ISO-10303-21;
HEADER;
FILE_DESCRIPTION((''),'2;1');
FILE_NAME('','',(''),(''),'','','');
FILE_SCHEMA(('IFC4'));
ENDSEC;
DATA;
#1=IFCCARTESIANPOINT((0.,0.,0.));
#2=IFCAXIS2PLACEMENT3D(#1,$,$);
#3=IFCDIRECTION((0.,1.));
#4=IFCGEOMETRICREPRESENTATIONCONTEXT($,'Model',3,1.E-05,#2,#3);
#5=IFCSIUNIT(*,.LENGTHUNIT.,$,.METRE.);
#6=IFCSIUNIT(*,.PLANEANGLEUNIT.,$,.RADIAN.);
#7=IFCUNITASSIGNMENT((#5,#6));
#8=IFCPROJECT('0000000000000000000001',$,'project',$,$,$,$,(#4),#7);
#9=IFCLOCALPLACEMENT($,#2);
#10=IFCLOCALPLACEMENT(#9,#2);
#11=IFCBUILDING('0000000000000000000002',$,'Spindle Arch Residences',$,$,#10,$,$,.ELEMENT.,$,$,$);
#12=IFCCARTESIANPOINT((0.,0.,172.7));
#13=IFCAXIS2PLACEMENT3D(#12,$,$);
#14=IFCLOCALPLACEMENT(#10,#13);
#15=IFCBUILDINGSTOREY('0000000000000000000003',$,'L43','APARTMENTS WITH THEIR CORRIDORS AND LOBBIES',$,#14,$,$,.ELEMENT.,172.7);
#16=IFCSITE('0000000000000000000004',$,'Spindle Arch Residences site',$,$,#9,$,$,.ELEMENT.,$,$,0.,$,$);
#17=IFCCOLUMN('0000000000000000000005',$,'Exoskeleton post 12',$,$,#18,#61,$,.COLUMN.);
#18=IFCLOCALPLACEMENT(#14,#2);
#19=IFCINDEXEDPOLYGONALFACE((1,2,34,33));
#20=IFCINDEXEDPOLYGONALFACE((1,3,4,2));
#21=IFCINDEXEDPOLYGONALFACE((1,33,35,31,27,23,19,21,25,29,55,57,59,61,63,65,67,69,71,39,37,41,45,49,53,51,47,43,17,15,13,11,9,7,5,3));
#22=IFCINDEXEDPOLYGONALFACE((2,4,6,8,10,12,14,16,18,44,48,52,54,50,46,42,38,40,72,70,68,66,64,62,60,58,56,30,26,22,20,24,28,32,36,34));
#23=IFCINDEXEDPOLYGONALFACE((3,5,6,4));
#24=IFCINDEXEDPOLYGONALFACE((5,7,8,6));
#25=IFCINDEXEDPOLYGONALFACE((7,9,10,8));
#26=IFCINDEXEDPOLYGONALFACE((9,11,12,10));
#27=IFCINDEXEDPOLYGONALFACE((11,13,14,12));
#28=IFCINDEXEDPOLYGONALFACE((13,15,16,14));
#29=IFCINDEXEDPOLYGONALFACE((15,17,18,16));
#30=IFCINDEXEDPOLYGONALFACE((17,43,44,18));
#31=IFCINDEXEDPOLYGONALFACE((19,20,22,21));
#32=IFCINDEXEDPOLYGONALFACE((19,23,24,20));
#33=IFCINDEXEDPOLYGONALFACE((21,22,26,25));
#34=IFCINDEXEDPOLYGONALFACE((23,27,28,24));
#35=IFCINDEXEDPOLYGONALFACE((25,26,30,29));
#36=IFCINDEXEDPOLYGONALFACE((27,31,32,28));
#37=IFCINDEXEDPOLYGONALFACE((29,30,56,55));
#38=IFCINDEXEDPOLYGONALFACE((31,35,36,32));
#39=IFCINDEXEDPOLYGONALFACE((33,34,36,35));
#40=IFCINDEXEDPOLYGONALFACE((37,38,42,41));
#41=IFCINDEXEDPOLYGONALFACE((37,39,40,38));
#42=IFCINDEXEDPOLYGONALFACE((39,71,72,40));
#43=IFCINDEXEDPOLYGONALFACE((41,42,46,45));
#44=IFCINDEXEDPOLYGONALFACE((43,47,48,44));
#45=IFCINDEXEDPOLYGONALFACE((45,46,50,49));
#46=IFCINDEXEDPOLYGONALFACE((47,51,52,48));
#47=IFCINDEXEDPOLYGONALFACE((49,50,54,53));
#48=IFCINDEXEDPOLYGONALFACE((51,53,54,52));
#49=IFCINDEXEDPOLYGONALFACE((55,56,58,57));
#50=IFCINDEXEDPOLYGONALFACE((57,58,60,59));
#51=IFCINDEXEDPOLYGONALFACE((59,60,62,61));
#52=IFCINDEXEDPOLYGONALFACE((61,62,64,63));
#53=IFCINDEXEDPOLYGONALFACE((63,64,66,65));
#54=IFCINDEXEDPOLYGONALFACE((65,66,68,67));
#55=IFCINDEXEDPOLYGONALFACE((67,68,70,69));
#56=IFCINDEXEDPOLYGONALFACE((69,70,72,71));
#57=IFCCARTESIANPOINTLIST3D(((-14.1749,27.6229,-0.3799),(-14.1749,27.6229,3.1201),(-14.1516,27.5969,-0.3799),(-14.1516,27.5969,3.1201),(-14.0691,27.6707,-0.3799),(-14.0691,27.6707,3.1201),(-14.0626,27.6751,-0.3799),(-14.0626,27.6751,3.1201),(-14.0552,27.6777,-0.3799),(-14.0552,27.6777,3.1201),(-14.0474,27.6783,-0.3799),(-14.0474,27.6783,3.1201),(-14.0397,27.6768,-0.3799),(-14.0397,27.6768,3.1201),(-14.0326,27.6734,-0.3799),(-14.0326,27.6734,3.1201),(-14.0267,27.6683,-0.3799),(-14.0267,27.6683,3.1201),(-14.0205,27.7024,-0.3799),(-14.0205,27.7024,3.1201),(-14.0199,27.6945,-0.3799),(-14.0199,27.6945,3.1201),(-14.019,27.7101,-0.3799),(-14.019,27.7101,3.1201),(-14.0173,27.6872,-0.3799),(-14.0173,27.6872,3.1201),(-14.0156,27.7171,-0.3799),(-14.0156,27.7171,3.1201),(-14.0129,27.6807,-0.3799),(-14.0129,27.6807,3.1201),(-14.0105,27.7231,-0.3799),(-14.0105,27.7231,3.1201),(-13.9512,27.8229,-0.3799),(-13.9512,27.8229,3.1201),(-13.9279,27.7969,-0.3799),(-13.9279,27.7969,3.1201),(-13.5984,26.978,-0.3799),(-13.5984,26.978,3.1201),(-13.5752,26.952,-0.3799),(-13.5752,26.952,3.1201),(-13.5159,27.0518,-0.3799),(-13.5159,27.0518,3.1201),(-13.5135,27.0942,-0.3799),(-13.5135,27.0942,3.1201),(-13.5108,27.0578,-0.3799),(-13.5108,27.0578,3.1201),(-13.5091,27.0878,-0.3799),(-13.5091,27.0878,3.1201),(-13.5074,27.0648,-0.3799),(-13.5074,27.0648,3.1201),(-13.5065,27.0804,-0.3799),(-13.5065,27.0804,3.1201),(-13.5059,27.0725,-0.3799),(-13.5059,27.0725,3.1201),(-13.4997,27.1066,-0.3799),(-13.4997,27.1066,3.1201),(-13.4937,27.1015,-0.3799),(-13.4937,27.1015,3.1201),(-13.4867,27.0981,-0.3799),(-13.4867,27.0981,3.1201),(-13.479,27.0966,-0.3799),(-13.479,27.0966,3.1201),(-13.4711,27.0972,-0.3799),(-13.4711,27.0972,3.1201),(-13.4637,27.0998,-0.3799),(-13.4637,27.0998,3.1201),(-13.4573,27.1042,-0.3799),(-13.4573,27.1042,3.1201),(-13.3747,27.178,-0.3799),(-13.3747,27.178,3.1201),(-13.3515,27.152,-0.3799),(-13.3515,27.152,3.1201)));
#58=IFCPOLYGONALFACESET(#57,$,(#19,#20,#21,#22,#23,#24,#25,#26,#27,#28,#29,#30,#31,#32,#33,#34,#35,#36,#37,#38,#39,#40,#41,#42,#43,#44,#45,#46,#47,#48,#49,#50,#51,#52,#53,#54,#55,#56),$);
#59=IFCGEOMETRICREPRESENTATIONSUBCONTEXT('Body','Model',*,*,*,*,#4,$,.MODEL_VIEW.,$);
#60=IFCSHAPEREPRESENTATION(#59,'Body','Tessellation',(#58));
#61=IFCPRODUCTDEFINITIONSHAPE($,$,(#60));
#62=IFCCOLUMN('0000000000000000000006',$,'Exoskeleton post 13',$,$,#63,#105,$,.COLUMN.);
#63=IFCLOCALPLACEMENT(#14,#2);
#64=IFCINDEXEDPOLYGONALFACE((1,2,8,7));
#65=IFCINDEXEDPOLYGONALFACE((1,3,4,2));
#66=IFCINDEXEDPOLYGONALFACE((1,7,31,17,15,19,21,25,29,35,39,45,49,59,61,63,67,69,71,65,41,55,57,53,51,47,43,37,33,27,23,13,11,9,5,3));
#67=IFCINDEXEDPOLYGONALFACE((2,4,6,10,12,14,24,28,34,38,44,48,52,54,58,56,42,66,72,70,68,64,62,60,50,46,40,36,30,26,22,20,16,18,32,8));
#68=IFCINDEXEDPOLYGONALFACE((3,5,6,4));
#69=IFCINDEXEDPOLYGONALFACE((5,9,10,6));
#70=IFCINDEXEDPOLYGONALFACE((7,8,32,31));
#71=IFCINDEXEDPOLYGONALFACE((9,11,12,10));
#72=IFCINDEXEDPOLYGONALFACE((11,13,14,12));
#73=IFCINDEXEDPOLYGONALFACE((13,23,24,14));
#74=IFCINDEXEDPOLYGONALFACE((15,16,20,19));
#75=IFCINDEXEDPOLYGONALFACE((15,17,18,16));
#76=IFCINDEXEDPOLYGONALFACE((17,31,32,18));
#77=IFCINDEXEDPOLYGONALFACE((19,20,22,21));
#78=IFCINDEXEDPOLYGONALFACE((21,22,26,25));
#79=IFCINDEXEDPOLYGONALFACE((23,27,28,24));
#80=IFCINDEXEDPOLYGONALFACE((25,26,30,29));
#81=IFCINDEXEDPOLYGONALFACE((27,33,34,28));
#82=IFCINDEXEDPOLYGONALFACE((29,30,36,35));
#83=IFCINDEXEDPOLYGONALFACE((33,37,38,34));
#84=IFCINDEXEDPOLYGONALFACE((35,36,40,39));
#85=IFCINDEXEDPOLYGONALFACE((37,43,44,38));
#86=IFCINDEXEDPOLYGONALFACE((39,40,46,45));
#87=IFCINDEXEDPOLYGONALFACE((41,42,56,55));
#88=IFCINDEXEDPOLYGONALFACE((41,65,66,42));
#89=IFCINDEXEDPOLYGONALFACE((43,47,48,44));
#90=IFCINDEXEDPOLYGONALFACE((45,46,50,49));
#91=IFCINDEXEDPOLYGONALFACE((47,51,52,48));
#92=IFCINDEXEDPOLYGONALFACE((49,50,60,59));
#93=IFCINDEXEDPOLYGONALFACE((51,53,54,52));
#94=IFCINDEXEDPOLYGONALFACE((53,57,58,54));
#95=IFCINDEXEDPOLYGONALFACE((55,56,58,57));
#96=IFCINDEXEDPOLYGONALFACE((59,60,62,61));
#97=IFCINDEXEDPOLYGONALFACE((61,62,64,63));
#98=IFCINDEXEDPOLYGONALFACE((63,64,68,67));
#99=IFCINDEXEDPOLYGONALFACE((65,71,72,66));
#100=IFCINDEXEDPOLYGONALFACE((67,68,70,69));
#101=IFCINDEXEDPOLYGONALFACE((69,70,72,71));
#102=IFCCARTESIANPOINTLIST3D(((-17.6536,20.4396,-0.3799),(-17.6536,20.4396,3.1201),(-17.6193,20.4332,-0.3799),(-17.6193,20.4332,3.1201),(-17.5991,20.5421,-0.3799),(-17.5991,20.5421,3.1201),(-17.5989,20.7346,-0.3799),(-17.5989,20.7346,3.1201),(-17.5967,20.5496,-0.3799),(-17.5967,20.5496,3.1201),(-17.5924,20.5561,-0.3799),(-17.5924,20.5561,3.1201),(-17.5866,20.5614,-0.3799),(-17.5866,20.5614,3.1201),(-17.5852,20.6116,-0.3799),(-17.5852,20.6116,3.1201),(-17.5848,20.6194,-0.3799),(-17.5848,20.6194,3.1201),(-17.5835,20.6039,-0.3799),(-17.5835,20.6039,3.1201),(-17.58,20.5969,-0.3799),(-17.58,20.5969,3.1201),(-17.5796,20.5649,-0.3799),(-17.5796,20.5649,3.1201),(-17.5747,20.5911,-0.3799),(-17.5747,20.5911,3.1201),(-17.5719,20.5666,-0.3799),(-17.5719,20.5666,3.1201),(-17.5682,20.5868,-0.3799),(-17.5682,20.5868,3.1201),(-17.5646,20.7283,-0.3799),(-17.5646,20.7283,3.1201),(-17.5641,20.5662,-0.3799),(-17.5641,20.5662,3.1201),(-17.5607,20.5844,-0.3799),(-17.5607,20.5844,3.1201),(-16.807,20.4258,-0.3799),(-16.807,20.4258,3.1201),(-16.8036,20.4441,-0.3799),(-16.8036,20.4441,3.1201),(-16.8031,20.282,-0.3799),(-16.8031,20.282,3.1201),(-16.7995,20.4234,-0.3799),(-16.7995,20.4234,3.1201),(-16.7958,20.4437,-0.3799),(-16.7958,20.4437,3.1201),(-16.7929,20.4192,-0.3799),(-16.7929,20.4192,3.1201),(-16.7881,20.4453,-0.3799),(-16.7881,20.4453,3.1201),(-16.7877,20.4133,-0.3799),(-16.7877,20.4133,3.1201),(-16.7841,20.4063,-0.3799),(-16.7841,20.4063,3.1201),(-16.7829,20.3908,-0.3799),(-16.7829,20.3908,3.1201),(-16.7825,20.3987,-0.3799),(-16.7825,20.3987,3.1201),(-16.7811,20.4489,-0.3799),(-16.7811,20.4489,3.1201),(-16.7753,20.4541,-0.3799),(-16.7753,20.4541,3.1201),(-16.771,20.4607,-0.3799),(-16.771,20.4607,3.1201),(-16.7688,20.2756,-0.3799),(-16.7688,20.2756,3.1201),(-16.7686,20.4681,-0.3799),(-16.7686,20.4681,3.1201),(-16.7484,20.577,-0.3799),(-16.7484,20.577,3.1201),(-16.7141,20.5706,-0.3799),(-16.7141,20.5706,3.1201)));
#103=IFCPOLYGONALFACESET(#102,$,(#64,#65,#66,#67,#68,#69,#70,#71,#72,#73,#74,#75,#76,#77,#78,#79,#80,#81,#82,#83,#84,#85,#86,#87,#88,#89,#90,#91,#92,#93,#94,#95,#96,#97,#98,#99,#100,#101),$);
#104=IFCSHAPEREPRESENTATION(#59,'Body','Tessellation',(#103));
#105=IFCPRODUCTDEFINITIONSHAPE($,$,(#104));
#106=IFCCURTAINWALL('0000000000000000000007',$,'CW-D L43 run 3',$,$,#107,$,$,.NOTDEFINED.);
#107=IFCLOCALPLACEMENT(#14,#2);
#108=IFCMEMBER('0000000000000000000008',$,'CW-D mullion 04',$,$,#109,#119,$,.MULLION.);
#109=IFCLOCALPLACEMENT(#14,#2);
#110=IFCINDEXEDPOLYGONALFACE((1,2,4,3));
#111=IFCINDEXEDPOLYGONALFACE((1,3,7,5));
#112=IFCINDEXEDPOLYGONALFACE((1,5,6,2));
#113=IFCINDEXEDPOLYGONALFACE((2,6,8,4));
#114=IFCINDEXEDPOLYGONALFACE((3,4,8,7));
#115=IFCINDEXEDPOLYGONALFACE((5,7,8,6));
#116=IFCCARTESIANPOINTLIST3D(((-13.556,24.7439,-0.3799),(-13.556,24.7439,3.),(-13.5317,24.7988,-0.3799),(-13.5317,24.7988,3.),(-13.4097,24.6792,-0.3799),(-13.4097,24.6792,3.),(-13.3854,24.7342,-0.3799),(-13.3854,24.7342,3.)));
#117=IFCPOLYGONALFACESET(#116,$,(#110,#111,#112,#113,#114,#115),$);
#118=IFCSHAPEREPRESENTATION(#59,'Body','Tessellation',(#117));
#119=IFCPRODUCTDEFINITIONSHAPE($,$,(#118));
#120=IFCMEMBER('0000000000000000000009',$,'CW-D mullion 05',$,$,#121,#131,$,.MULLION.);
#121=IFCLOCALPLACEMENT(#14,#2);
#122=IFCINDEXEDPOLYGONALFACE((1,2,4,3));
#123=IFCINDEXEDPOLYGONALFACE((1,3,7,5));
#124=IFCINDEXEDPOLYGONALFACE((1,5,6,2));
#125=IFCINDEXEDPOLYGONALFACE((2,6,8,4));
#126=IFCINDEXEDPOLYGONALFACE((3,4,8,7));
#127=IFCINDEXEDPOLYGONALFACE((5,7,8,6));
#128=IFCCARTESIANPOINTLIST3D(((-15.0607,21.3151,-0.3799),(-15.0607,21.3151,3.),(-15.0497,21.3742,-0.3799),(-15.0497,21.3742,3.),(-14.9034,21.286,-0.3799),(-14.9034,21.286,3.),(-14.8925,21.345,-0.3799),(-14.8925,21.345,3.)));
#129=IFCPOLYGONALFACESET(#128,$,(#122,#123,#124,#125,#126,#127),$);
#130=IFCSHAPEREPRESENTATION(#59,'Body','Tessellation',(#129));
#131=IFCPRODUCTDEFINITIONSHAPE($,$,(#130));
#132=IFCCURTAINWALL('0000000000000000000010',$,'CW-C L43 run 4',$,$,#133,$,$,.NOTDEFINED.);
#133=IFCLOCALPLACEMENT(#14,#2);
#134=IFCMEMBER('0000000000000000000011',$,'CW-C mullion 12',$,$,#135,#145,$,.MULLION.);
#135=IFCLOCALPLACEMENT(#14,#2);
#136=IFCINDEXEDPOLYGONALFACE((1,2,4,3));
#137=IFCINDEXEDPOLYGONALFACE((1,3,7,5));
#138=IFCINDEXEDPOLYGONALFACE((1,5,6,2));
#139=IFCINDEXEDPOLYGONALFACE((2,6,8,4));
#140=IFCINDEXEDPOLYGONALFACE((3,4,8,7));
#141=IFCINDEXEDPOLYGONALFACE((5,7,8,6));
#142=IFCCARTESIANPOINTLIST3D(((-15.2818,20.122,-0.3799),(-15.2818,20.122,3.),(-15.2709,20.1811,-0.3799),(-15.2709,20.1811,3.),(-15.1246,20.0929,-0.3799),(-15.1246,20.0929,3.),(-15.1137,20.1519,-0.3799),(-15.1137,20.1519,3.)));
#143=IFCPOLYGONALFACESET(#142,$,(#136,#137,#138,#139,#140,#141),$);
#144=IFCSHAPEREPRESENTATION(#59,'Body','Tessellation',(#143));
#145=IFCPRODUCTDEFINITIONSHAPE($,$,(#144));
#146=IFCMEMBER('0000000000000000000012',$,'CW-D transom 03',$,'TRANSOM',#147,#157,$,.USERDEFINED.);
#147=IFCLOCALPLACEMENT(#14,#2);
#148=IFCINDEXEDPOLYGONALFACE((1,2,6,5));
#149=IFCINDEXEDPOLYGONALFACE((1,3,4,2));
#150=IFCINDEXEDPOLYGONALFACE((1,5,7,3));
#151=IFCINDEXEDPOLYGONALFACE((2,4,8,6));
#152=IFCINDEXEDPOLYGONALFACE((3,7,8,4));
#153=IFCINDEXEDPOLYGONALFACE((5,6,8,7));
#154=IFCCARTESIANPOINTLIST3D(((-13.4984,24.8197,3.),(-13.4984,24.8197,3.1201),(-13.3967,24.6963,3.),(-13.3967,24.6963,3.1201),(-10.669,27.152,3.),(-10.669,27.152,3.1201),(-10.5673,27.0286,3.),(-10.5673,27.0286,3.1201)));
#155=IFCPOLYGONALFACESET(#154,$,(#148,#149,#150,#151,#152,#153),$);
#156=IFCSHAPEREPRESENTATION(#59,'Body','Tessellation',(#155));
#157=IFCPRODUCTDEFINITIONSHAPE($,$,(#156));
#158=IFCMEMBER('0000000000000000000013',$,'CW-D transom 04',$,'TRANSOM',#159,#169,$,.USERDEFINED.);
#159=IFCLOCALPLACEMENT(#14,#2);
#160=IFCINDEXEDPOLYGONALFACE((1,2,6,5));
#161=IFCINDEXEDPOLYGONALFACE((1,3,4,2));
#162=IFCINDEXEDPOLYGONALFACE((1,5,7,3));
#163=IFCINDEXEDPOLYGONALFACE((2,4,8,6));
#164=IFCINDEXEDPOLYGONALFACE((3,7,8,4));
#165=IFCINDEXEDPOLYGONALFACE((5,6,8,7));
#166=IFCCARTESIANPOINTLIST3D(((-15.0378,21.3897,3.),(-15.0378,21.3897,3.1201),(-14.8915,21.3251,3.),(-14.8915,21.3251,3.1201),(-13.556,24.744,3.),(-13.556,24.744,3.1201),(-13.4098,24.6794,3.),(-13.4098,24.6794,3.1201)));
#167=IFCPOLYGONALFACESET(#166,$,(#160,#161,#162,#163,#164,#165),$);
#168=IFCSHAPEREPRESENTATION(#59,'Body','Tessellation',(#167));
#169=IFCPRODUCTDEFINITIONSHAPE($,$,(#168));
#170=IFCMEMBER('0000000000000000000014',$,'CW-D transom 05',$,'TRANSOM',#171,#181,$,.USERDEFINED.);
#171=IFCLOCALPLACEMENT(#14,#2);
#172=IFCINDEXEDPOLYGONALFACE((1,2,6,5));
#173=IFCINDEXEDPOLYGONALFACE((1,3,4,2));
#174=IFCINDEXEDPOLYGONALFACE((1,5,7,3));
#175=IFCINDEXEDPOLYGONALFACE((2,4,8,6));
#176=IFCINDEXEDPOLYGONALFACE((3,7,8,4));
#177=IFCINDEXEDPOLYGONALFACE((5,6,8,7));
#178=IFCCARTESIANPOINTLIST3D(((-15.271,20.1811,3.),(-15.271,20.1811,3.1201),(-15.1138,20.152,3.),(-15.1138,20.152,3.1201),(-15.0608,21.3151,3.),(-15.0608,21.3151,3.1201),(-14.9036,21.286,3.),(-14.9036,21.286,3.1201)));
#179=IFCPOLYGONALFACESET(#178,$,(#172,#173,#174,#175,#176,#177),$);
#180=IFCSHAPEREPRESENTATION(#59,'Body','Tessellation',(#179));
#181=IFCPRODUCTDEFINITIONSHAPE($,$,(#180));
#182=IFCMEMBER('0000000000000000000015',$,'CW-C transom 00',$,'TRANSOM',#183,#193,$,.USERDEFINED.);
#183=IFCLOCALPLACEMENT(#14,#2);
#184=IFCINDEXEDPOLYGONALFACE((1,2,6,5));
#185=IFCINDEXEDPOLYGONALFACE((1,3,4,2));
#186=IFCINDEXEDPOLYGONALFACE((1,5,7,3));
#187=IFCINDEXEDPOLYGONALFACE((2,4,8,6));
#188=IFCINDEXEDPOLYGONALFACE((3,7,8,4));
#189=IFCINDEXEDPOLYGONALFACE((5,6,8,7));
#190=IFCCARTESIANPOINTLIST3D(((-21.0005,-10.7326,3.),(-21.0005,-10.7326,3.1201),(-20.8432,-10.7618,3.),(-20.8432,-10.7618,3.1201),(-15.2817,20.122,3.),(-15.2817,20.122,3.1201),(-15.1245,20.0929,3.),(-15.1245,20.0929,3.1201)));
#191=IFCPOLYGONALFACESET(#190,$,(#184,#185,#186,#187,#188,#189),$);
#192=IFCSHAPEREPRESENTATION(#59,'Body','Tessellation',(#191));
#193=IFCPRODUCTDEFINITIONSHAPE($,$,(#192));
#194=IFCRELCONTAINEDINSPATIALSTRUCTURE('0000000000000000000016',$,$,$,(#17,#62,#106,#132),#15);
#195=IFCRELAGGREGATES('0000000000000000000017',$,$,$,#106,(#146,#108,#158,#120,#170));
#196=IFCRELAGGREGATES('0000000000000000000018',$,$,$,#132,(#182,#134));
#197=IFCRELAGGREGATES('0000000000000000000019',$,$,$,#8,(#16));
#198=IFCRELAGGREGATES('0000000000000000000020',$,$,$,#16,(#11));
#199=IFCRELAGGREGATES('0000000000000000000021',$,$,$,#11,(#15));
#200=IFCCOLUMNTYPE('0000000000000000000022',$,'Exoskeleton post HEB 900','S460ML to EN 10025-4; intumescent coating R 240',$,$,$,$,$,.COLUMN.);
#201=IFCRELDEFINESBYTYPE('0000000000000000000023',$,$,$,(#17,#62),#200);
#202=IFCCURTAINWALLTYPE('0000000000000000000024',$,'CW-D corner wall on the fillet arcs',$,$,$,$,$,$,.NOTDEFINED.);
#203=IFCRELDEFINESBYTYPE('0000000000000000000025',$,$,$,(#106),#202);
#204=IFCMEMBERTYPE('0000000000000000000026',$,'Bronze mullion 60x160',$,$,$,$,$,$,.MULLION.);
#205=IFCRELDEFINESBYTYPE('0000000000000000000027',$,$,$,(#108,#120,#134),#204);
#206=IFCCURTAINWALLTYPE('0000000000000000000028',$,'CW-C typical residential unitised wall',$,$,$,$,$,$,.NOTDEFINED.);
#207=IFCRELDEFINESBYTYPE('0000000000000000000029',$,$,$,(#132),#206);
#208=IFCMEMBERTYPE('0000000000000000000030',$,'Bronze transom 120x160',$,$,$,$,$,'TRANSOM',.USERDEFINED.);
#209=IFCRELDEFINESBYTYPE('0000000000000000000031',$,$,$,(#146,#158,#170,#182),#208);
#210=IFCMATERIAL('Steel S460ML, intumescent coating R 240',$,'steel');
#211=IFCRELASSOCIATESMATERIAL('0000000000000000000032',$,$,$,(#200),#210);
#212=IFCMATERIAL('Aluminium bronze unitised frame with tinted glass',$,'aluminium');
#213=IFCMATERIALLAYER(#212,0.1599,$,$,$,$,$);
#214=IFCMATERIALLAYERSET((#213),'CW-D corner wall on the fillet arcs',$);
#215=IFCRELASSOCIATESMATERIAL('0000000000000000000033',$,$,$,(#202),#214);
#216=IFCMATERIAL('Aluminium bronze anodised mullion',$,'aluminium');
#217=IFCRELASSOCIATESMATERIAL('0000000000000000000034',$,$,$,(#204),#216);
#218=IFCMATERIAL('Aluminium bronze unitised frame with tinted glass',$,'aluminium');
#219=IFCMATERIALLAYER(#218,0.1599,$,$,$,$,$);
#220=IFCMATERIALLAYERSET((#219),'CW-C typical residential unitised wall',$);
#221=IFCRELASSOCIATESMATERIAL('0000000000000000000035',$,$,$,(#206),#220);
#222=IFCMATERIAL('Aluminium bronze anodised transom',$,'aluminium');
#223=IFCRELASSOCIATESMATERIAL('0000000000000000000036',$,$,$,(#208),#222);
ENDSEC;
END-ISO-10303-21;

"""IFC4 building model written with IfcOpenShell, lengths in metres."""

from ifc_helpers import new_model, si_unit, direction, frame, origin, origin_2d, place, context, subcontext, project, spatial, rectangle, i_section, extrude, material, layer, layer_set, material_profile, profile_set, type_object, element, aggregate, save


model = new_model("IFC4")

# Units and contexts
model_context = context("Model", 3, precision=1e-05, world=origin(), true_north=direction((0.0, 1.0)))
body_context = subcontext(model_context, "Body", "Model", "MODEL_VIEW")
ifc_project = project(units=[si_unit("LENGTHUNIT", "METRE"), si_unit("PLANEANGLEUNIT", "RADIAN")], contexts=[model_context])

# Site, building, storey
site_placement = place(None, origin())
site = spatial("IfcSite", under=ifc_project, at=site_placement, Name="Spindle Arch Residences site", CompositionType="ELEMENT", RefElevation=0.0)
building_placement = place(site_placement, origin())
building = spatial("IfcBuilding", under=site, at=building_placement, Name="Spindle Arch Residences", CompositionType="ELEMENT")
storey_placement = place(building_placement, frame((0.0, 0.0, 172.7)))
storey = spatial("IfcBuildingStorey", under=building, at=storey_placement, Name="L43", Description="APARTMENTS WITH THEIR CORRIDORS AND LOBBIES", CompositionType="ELEMENT", Elevation=172.7)

# Columns
ifc_material_1 = material(Name="Steel S460ML, intumescent coating R 240", Category="steel")
ifc_material_profile_1 = material_profile(ifc_material_1, i_section(OverallWidth=0.3, OverallDepth=0.8999, WebThickness=0.0186, FlangeThickness=0.0349, FilletRadius=0.03, at=origin_2d()), Name="HEB 900")
ifc_profile_set_1 = profile_set([ifc_material_profile_1], Name="Steel S460ML, intumescent coating R 240")
column_type = type_object("IfcColumnType", Name="Exoskeleton post HEB 900", Description="S460ML to EN 10025-4; intumescent coating R 240", PredefinedType="COLUMN", material=ifc_profile_set_1)
for number, where, z_axis, x_axis, name in (
    (1, (-13.7632, 27.3875, -0.3799), (0.0, 0.0, 1.0), (0.74554, 0.666461, 0.0), "Exoskeleton post 12"),
    (2, (-17.1838, 20.5051, -0.3799), (0.0, 0.0, 1.0), (0.182236, 0.983255, 0.0), "Exoskeleton post 13"),
):
    element("IfcColumn", number, at=place(storey_placement, frame(where, z_axis=z_axis, x_axis=x_axis)), inside=storey, type_object=column_type, Name=name, PredefinedType="COLUMN", context=body_context, shape_type="SweptSolid", body=[
        extrude(i_section(OverallWidth=0.3, OverallDepth=0.8999, WebThickness=0.0186, FlangeThickness=0.0349, FilletRadius=0.03, at=origin_2d()), origin(), (0.0, 0.0, 1.0), 3.5),
    ])

# Curtain wall, members
ifc_material_2 = material(Name="Aluminium bronze unitised frame with tinted glass", Category="aluminium")
ifc_layer_1 = layer(ifc_material_2, 0.1599)
ifc_layer_set_1 = layer_set([ifc_layer_1], Name="CW-D corner wall on the fillet arcs")
curtain_wall_type_1 = type_object("IfcCurtainWallType", Name="CW-D corner wall on the fillet arcs", PredefinedType="NOTDEFINED", material=ifc_layer_set_1)
curtain_wall_1_placement = place(storey_placement, origin())
curtain_wall_1 = element("IfcCurtainWall", 3, at=curtain_wall_1_placement, inside=storey, type_object=curtain_wall_type_1, Name="CW-D L43 run 3", PredefinedType="NOTDEFINED")
ifc_material_3 = material(Name="Aluminium bronze anodised mullion", Category="aluminium")
ifc_material_profile_2 = material_profile(ifc_material_3, rectangle(XDim=0.1599, YDim=0.0601, at=origin_2d()), Name="MU 60x160")
ifc_profile_set_2 = profile_set([ifc_material_profile_2], Name="Aluminium bronze anodised mullion")
member_type_1 = type_object("IfcMemberType", Name="Bronze mullion 60x160", PredefinedType="MULLION", material=ifc_profile_set_2)
member_1_placement = place(storey_placement, frame((-13.4707, 24.739, -0.3799), z_axis=(0.0, 0.0, 1.0), x_axis=(0.914725, -0.404078, 0.0)))
member_1 = element("IfcMember", 4, at=member_1_placement, type_object=member_type_1, Name="CW-D mullion 04", PredefinedType="MULLION", context=body_context, shape_type="SweptSolid", body=[
    extrude(rectangle(XDim=0.1599, YDim=0.0601, at=origin_2d()), origin(), (0.0, 0.0, 1.0), 3.3799),
])
member_2_placement = place(storey_placement, frame((-14.9766, 21.3301, -0.3799), z_axis=(0.0, 0.0, 1.0), x_axis=(0.983255, -0.182236, 0.0)))
member_2 = element("IfcMember", 5, at=member_2_placement, type_object=member_type_1, Name="CW-D mullion 05", PredefinedType="MULLION", context=body_context, shape_type="SweptSolid", body=[
    extrude(rectangle(XDim=0.1599, YDim=0.0601, at=origin_2d()), origin(), (0.0, 0.0, 1.0), 3.3799),
])

# Curtain wall, member
ifc_material_4 = material(Name="Aluminium bronze unitised frame with tinted glass", Category="aluminium")
ifc_layer_2 = layer(ifc_material_4, 0.1599)
ifc_layer_set_2 = layer_set([ifc_layer_2], Name="CW-C typical residential unitised wall")
curtain_wall_type_2 = type_object("IfcCurtainWallType", Name="CW-C typical residential unitised wall", PredefinedType="NOTDEFINED", material=ifc_layer_set_2)
curtain_wall_2_placement = place(storey_placement, origin())
curtain_wall_2 = element("IfcCurtainWall", 6, at=curtain_wall_2_placement, inside=storey, type_object=curtain_wall_type_2, Name="CW-C L43 run 4", PredefinedType="NOTDEFINED")
member_3_placement = place(storey_placement, frame((-15.1978, 20.137, -0.3799), z_axis=(0.0, 0.0, 1.0), x_axis=(0.983255, -0.182236, 0.0)))
member_3 = element("IfcMember", 7, at=member_3_placement, type_object=member_type_1, Name="CW-C mullion 12", PredefinedType="MULLION", context=body_context, shape_type="SweptSolid", body=[
    extrude(rectangle(XDim=0.1599, YDim=0.0601, at=origin_2d()), origin(), (0.0, 0.0, 1.0), 3.3799),
])

# Members
ifc_material_5 = material(Name="Aluminium bronze anodised transom", Category="aluminium")
ifc_material_profile_3 = material_profile(ifc_material_5, rectangle(XDim=0.1599, YDim=0.1201, at=origin_2d()), Name="TR 120x160")
ifc_profile_set_3 = profile_set([ifc_material_profile_3], Name="Aluminium bronze anodised transom")
member_type_2 = type_object("IfcMemberType", Name="Bronze transom 120x160", ElementType="TRANSOM", PredefinedType="USERDEFINED", material=ifc_profile_set_3)
member_4_placement = place(storey_placement, frame((-10.6182, 27.0903, 3.0601), z_axis=(-0.771632, -0.636069, 0.0), x_axis=(0.636069, -0.771632, 0.0)))
member_4 = element("IfcMember", 8, at=member_4_placement, type_object=member_type_2, Name="CW-D transom 03", ObjectType="TRANSOM", PredefinedType="USERDEFINED", context=body_context, shape_type="SweptSolid", body=[
    extrude(rectangle(XDim=0.1599, YDim=0.1201, at=origin_2d()), origin(), (0.0, 0.0, 1.0), 3.6667),
])
member_5_placement = place(storey_placement, frame((-13.4829, 24.7117, 3.0601), z_axis=(-0.404068, -0.914729, 0.0), x_axis=(0.914729, -0.404068, 0.0)))
member_5 = element("IfcMember", 9, at=member_5_placement, type_object=member_type_2, Name="CW-D transom 04", ObjectType="TRANSOM", PredefinedType="USERDEFINED", context=body_context, shape_type="SweptSolid", body=[
    extrude(rectangle(XDim=0.1599, YDim=0.1201, at=origin_2d()), origin(), (0.0, 0.0, 1.0), 3.667),
])
member_6_placement = place(storey_placement, frame((-14.9822, 21.3005, 3.0601), z_axis=(-0.182256, -0.983251, 0.0), x_axis=(0.983251, -0.182256, 0.0)))
member_6 = element("IfcMember", 10, at=member_6_placement, type_object=member_type_2, Name="CW-D transom 05", ObjectType="TRANSOM", PredefinedType="USERDEFINED", context=body_context, shape_type="SweptSolid", body=[
    extrude(rectangle(XDim=0.1599, YDim=0.1201, at=origin_2d()), origin(), (0.0, 0.0, 1.0), 1.1533),
])
member_7_placement = place(storey_placement, frame((-15.2031, 20.1074, 3.0601), z_axis=(-0.182241, -0.983254, 0.0), x_axis=(0.983254, -0.182241, 0.0)))
member_7 = element("IfcMember", 11, at=member_7_placement, type_object=member_type_2, Name="CW-C transom 00", ObjectType="TRANSOM", PredefinedType="USERDEFINED", context=body_context, shape_type="SweptSolid", body=[
    extrude(rectangle(XDim=0.1599, YDim=0.1201, at=origin_2d()), origin(), (0.0, 0.0, 1.0), 31.3801),
])

aggregate(curtain_wall_1, [member_4, member_1, member_5, member_2, member_6])
aggregate(curtain_wall_2, [member_7, member_3])

save(model, "model.ifc")
